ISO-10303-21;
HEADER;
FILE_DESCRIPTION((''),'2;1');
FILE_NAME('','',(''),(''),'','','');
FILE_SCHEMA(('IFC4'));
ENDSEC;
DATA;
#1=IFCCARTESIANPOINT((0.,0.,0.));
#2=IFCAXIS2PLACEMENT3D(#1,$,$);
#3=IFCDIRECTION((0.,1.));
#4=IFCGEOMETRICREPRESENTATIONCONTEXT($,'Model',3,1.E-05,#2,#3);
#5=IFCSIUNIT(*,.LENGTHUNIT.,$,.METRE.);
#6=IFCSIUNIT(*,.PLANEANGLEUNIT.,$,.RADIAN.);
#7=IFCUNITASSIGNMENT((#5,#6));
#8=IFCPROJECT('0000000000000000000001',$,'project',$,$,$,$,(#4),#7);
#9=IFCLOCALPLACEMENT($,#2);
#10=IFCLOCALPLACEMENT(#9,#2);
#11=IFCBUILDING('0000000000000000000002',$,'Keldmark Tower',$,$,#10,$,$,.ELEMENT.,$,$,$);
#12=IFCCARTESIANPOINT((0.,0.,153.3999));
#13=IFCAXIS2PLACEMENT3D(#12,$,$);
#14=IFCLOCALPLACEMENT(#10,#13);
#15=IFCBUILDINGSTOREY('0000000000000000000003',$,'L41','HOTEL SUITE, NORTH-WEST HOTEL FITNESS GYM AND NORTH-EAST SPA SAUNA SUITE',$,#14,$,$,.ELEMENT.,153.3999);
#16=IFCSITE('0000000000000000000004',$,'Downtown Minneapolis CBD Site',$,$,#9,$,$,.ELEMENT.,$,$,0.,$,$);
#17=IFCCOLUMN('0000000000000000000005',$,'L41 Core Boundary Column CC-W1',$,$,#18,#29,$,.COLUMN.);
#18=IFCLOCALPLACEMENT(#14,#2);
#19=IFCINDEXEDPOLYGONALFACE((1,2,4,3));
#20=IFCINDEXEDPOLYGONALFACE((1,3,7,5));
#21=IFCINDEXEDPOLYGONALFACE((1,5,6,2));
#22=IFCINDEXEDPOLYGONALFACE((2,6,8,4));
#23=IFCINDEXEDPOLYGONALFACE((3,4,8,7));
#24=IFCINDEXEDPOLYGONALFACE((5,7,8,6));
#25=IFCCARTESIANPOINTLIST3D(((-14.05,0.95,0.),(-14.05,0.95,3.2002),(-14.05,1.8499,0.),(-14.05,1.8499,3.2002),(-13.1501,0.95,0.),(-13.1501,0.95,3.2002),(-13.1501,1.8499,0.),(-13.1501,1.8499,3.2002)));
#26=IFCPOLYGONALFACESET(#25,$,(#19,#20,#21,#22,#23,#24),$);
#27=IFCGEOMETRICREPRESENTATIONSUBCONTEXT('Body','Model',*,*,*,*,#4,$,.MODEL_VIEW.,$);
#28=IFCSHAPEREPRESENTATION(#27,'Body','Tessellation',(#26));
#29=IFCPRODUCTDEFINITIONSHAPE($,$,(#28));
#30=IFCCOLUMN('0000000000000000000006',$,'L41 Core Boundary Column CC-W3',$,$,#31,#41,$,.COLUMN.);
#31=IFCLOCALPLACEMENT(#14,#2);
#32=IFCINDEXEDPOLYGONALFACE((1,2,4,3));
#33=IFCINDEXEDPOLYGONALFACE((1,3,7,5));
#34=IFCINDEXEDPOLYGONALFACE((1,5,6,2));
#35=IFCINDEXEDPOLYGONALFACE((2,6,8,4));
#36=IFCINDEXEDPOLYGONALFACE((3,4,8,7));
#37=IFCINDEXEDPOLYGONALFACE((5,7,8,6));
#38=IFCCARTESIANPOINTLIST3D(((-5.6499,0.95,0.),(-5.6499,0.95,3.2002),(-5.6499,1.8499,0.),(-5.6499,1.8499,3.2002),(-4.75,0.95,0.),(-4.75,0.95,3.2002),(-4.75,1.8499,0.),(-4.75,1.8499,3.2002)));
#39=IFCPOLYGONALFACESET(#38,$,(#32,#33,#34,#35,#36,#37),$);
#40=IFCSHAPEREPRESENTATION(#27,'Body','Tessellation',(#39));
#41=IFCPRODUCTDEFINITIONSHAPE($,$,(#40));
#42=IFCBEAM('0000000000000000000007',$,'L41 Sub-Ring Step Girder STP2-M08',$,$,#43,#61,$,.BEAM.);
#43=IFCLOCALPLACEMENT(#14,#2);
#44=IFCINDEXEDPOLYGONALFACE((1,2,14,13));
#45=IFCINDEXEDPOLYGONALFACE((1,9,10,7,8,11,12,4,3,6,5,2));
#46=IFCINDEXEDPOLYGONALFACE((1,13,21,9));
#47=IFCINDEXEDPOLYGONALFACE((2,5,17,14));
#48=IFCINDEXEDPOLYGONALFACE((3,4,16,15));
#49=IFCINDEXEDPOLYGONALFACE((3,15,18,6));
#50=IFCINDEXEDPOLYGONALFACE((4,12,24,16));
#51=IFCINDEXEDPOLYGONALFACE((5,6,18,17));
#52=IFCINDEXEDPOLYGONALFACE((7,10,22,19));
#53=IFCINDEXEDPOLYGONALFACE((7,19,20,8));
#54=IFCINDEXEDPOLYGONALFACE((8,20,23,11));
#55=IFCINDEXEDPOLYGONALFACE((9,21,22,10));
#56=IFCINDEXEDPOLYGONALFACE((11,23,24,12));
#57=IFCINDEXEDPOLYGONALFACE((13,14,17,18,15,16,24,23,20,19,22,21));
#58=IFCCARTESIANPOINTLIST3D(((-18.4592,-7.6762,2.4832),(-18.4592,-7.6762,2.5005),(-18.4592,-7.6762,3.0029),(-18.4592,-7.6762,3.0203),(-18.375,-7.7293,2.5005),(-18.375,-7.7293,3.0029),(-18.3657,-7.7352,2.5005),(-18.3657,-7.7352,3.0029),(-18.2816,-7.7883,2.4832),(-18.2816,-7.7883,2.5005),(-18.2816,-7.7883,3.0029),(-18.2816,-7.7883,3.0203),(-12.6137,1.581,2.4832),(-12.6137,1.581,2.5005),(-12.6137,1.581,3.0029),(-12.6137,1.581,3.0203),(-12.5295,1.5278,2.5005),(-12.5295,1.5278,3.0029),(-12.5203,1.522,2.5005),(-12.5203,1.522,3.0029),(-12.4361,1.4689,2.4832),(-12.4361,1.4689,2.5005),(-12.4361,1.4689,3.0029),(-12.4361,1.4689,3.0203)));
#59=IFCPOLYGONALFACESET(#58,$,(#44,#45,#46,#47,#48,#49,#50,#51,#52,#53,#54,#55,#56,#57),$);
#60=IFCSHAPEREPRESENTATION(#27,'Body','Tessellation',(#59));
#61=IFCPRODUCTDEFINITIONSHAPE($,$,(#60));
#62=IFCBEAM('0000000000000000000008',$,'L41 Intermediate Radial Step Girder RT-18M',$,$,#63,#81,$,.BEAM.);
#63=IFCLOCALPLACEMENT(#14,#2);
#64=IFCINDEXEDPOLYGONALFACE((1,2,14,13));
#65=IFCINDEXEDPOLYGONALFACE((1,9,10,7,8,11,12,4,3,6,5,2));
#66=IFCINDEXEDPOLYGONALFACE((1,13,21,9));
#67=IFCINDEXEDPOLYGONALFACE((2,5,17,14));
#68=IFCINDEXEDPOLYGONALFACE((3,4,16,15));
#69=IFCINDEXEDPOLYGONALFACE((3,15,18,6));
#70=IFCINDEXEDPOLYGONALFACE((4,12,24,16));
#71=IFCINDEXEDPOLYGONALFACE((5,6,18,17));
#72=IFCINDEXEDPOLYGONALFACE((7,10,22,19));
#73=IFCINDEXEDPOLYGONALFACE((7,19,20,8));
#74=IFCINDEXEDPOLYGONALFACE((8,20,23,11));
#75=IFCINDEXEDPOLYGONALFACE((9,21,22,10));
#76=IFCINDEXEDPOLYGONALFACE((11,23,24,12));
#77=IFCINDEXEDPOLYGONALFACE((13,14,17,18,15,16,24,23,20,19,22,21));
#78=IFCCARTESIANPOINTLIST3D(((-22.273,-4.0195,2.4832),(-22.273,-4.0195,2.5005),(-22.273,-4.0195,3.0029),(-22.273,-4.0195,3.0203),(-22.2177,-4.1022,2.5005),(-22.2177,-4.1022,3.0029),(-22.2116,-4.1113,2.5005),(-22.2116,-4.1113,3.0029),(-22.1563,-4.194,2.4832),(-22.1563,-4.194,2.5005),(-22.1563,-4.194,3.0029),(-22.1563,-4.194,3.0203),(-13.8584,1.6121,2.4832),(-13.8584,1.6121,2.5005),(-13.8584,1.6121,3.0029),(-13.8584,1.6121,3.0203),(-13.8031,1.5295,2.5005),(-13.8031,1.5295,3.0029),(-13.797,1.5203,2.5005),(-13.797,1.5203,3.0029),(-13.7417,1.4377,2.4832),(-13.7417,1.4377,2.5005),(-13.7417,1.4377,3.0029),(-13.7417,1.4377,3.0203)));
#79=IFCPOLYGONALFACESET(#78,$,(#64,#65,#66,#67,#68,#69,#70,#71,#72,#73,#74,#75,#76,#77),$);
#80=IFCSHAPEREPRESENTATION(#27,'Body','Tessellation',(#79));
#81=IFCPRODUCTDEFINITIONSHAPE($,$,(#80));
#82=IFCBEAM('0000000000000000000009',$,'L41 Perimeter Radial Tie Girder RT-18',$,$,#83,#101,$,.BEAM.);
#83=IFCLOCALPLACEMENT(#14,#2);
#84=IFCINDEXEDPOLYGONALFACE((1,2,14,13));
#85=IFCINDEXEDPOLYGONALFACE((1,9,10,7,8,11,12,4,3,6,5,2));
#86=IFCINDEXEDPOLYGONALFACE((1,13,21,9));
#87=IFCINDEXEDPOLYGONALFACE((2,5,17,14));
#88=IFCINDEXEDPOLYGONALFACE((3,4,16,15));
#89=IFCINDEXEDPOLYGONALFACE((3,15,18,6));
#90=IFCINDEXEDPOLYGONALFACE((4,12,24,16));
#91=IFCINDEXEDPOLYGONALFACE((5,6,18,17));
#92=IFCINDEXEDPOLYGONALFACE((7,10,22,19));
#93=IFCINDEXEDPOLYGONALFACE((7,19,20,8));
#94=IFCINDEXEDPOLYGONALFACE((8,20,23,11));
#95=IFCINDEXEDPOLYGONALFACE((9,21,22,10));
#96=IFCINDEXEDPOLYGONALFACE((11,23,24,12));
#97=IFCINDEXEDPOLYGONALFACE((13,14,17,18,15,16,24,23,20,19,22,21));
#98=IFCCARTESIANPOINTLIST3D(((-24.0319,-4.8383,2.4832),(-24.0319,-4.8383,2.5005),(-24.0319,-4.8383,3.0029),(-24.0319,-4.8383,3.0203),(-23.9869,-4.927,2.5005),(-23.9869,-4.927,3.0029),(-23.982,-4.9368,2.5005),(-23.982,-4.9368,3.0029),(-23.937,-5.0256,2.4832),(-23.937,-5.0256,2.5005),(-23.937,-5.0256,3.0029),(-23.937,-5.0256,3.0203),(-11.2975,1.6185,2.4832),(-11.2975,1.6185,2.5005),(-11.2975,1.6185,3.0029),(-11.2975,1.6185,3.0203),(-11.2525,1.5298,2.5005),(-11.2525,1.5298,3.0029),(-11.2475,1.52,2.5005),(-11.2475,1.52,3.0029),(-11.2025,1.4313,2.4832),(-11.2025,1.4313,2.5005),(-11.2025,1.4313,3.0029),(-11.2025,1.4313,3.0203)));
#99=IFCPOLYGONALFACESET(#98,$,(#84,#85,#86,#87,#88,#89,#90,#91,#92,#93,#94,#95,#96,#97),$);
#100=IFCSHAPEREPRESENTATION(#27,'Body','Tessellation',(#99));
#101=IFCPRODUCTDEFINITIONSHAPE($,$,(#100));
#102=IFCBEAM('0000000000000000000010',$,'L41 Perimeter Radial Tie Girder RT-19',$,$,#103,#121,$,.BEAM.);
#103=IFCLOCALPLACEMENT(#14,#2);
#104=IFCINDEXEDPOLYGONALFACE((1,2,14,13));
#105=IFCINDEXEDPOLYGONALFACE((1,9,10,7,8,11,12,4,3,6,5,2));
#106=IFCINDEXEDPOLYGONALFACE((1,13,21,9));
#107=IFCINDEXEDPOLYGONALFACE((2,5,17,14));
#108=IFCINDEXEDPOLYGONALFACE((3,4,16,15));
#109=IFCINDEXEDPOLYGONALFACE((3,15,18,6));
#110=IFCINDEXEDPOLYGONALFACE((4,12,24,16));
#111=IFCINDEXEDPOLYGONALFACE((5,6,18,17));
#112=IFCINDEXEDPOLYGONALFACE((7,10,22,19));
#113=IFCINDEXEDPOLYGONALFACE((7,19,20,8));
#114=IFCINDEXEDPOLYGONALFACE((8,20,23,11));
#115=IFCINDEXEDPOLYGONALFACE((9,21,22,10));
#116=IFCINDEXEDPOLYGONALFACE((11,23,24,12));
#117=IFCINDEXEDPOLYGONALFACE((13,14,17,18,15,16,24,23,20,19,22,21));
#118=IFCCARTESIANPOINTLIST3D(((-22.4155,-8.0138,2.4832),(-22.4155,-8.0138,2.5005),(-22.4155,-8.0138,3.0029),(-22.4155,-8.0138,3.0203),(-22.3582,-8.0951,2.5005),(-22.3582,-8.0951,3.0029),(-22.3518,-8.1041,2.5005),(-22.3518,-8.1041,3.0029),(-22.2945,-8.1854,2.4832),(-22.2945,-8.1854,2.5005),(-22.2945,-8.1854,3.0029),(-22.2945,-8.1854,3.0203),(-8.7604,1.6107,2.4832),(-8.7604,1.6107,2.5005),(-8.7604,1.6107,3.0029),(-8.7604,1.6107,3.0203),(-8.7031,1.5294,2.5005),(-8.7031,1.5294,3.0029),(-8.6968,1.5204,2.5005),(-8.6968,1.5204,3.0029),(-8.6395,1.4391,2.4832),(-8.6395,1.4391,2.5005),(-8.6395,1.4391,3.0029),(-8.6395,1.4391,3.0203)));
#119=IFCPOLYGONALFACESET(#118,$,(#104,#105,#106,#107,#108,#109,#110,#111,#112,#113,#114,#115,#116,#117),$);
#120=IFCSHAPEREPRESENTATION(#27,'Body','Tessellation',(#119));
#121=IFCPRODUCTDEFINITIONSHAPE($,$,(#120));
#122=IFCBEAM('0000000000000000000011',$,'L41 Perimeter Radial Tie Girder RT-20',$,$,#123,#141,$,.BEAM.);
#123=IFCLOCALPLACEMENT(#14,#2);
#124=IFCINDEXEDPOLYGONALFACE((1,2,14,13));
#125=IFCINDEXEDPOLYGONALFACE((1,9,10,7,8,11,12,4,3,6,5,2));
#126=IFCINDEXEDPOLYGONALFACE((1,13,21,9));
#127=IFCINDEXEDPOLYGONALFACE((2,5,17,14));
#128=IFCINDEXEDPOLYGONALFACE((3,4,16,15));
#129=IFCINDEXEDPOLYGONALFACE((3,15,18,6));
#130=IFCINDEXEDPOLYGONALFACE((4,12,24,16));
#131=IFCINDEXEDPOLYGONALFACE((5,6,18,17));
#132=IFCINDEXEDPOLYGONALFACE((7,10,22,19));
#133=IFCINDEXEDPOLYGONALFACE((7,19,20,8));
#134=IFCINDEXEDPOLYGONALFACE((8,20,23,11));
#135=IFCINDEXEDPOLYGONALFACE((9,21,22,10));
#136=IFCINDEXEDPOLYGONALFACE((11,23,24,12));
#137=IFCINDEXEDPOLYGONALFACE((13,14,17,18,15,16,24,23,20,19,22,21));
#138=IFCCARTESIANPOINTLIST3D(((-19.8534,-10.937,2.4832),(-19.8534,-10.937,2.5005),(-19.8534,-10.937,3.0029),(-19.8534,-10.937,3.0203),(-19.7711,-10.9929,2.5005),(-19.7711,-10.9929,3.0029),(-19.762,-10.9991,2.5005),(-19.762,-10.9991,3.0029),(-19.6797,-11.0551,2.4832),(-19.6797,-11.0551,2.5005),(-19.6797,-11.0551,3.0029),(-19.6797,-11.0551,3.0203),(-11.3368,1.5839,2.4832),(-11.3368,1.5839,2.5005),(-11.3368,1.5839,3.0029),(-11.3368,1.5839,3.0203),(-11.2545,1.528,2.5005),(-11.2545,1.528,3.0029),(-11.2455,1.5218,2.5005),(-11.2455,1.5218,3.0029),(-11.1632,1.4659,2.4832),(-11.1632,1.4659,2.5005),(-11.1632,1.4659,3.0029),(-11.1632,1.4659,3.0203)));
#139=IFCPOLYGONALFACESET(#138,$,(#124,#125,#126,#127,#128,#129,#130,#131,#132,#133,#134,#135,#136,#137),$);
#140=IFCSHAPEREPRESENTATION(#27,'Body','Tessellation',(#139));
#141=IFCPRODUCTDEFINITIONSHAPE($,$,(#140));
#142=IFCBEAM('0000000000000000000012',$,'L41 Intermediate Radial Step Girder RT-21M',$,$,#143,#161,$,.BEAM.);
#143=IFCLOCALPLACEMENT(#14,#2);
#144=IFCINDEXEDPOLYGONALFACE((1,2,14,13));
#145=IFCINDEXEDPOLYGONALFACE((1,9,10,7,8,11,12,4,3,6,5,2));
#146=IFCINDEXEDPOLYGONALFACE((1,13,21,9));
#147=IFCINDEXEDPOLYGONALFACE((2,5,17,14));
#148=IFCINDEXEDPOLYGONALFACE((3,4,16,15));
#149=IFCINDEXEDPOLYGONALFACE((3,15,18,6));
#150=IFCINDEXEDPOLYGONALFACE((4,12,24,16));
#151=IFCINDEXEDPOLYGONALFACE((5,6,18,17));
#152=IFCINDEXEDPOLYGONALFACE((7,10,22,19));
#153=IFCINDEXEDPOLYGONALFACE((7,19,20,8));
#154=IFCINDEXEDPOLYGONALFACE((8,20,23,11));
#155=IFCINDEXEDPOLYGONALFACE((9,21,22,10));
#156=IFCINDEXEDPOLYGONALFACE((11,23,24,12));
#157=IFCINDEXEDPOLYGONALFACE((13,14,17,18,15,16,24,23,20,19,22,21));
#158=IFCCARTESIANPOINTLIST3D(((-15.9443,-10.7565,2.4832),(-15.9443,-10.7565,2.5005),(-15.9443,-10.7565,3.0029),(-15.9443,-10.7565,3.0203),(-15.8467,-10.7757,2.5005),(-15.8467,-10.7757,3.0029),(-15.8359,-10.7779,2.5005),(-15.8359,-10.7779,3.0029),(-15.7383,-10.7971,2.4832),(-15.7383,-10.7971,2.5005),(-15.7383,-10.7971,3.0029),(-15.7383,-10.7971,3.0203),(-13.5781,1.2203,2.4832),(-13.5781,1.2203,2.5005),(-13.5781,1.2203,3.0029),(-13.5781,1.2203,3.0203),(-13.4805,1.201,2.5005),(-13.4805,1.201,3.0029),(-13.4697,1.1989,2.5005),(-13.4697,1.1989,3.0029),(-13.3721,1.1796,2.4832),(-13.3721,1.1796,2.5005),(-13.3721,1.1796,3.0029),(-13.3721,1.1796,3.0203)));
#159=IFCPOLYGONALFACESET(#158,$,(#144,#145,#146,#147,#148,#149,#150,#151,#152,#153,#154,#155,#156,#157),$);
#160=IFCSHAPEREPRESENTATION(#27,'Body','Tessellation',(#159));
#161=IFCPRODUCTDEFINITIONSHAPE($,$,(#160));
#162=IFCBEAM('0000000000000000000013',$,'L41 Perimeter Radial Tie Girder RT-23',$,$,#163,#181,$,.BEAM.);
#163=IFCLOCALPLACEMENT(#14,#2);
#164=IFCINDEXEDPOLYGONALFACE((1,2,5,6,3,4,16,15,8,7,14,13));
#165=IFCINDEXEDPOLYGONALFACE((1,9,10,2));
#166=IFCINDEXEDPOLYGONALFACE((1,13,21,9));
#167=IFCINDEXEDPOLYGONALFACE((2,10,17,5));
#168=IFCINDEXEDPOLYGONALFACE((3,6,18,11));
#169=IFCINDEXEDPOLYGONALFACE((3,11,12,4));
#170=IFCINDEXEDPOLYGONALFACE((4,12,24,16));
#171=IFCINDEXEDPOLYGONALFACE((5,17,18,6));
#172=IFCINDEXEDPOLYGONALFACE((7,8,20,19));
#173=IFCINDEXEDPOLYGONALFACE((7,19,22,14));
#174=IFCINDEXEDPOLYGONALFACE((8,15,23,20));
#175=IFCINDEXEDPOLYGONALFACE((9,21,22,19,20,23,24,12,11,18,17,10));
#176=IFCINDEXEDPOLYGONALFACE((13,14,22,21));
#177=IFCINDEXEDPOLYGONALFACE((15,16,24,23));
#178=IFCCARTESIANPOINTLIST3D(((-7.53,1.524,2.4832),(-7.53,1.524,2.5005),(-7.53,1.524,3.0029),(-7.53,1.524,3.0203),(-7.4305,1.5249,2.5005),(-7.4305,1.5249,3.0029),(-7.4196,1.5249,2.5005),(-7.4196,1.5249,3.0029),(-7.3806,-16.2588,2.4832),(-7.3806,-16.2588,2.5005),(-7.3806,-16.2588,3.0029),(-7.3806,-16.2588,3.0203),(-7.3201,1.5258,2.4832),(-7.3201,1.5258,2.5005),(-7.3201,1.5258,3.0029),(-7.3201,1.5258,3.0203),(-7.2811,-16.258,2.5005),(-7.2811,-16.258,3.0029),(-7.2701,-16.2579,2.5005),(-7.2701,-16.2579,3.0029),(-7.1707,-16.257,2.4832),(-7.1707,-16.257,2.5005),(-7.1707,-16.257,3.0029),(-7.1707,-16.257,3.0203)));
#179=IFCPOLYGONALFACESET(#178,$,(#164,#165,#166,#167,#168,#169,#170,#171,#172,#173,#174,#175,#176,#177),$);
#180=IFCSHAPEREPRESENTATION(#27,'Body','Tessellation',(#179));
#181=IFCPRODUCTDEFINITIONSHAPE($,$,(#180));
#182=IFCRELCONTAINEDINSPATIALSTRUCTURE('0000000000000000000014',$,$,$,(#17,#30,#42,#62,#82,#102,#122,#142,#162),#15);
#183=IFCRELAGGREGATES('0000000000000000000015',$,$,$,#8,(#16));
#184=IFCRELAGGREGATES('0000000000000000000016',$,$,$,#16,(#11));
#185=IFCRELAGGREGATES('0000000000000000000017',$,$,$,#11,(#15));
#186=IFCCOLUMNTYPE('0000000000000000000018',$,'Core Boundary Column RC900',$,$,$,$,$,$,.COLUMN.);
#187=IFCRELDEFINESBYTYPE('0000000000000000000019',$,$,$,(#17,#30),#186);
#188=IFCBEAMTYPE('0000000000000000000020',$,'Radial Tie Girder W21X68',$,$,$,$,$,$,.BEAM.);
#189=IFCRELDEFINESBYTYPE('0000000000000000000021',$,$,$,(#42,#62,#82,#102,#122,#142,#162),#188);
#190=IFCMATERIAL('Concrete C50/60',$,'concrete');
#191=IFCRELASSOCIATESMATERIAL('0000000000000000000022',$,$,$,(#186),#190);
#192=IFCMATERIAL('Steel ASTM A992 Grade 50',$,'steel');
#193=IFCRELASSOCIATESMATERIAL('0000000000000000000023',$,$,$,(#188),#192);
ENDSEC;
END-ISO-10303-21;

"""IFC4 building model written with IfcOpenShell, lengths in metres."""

from ifc_helpers import new_model, si_unit, direction, frame, origin, origin_2d, place, context, subcontext, project, spatial, rectangle, i_section, extrude, material, material_profile, profile_set, type_object, element, save


model = new_model("IFC4")

# Units and contexts
model_context = context("Model", 3, precision=1e-05, world=origin(), true_north=direction((0.0, 1.0)))
body_context = subcontext(model_context, "Body", "Model", "MODEL_VIEW")
ifc_project = project(units=[si_unit("LENGTHUNIT", "METRE"), si_unit("PLANEANGLEUNIT", "RADIAN")], contexts=[model_context])

# Site, building, storey
site_placement = place(None, origin())
site = spatial("IfcSite", under=ifc_project, at=site_placement, Name="Downtown Minneapolis CBD Site", CompositionType="ELEMENT", RefElevation=0.0)
building_placement = place(site_placement, origin())
building = spatial("IfcBuilding", under=site, at=building_placement, Name="Keldmark Tower", CompositionType="ELEMENT")
storey_placement = place(building_placement, frame((0.0, 0.0, 153.3999)))
storey = spatial("IfcBuildingStorey", under=building, at=storey_placement, Name="L41", Description="HOTEL SUITE, NORTH-WEST HOTEL FITNESS GYM AND NORTH-EAST SPA SAUNA SUITE", CompositionType="ELEMENT", Elevation=153.3999)

# Columns
ifc_material_1 = material(Name="Concrete C50/60", Category="concrete")
ifc_material_profile_1 = material_profile(ifc_material_1, rectangle(XDim=0.8999, YDim=0.8999, at=origin_2d()), Name="RC900X900")
ifc_profile_set_1 = profile_set([ifc_material_profile_1], Name="Concrete C50/60")
column_type = type_object("IfcColumnType", Name="Core Boundary Column RC900", PredefinedType="COLUMN", material=ifc_profile_set_1)
for number, where, z_axis, x_axis, name in (
    (1, (-13.6001, 1.3999, 0.0), (0.0, 0.0, 1.0), (1.0, 0.0, 0.0), "L41 Core Boundary Column CC-W1"),
    (2, (-5.2, 1.3999, 0.0), (0.0, 0.0, 1.0), (1.0, 0.0, 0.0), "L41 Core Boundary Column CC-W3"),
):
    element("IfcColumn", number, at=place(storey_placement, frame(where, z_axis=z_axis, x_axis=x_axis)), inside=storey, type_object=column_type, Name=name, PredefinedType="COLUMN", context=body_context, shape_type="SweptSolid", body=[
        extrude(rectangle(XDim=0.8999, YDim=0.8999, at=origin_2d()), origin(), (0.0, 0.0, 1.0), 3.2002),
    ])

# Beams
ifc_material_2 = material(Name="Steel ASTM A992 Grade 50", Category="steel")
ifc_material_profile_2 = material_profile(ifc_material_2, i_section(OverallWidth=0.21, OverallDepth=0.5371, WebThickness=0.011, FlangeThickness=0.0173, at=origin_2d()), Name="W21X68")
ifc_profile_set_2 = profile_set([ifc_material_profile_2], Name="Steel ASTM A992 Grade 50")
beam_type = type_object("IfcBeamType", Name="Radial Tie Girder W21X68", PredefinedType="BEAM", material=ifc_profile_set_2)
beam_1_placement = place(storey_placement, frame((-12.5249, 1.5249, 2.7517), z_axis=(-0.53392, -0.845535, 0.0), x_axis=(0.845535, -0.53392, 0.0)))
element("IfcBeam", 3, at=beam_1_placement, inside=storey, type_object=beam_type, Name="L41 Sub-Ring Step Girder STP2-M08", PredefinedType="BEAM", context=body_context, shape_type="SweptSolid", body=[
    extrude(i_section(OverallWidth=0.21, OverallDepth=0.5371, WebThickness=0.011, FlangeThickness=0.0173, at=origin_2d()), origin(), (0.0, 0.0, 1.0), 10.9482),
])
beam_2_placement = place(storey_placement, frame((-13.8, 1.5249, 2.7517), z_axis=(-0.831051, -0.556196, 0.0), x_axis=(0.556196, -0.831051, 0.0)))
element("IfcBeam", 4, at=beam_2_placement, inside=storey, type_object=beam_type, Name="L41 Intermediate Radial Step Girder RT-18M", PredefinedType="BEAM", context=body_context, shape_type="SweptSolid", body=[
    extrude(i_section(OverallWidth=0.21, OverallDepth=0.5371, WebThickness=0.011, FlangeThickness=0.0173, at=origin_2d()), origin(), (0.0, 0.0, 1.0), 10.1252),
])
beam_3_placement = place(storey_placement, frame((-11.25, 1.5249, 2.7517), z_axis=(-0.891903, -0.452227, 0.0), x_axis=(0.452227, -0.891903, 0.0)))
element("IfcBeam", 5, at=beam_3_placement, inside=storey, type_object=beam_type, Name="L41 Perimeter Radial Tie Girder RT-18", PredefinedType="BEAM", context=body_context, shape_type="SweptSolid", body=[
    extrude(i_section(OverallWidth=0.21, OverallDepth=0.5371, WebThickness=0.011, FlangeThickness=0.0173, at=origin_2d()), origin(), (0.0, 0.0, 1.0), 14.2778),
])
beam_4_placement = place(storey_placement, frame((-8.7, 1.5249, 2.7517), z_axis=(-0.817372, -0.57611, 0.0), x_axis=(0.57611, -0.817372, 0.0)))
element("IfcBeam", 6, at=beam_4_placement, inside=storey, type_object=beam_type, Name="L41 Perimeter Radial Tie Girder RT-19", PredefinedType="BEAM", context=body_context, shape_type="SweptSolid", body=[
    extrude(i_section(OverallWidth=0.21, OverallDepth=0.5371, WebThickness=0.011, FlangeThickness=0.0173, at=origin_2d()), origin(), (0.0, 0.0, 1.0), 16.7061),
])
beam_5_placement = place(storey_placement, frame((-11.25, 1.5249, 2.7517), z_axis=(-0.562415, -0.826855, 0.0), x_axis=(0.826855, -0.562415, 0.0)))
element("IfcBeam", 7, at=beam_5_placement, inside=storey, type_object=beam_type, Name="L41 Perimeter Radial Tie Girder RT-20", PredefinedType="BEAM", context=body_context, shape_type="SweptSolid", body=[
    extrude(i_section(OverallWidth=0.21, OverallDepth=0.5371, WebThickness=0.011, FlangeThickness=0.0173, at=origin_2d()), origin(), (0.0, 0.0, 1.0), 15.1428),
])
beam_6_placement = place(storey_placement, frame((-13.4751, 1.2, 2.7517), z_axis=(-0.19382, -0.981037, 0.0), x_axis=(0.981037, -0.19382, 0.0)))
element("IfcBeam", 8, at=beam_6_placement, inside=storey, type_object=beam_type, Name="L41 Intermediate Radial Step Girder RT-21M", PredefinedType="BEAM", context=body_context, shape_type="SweptSolid", body=[
    extrude(i_section(OverallWidth=0.21, OverallDepth=0.5371, WebThickness=0.011, FlangeThickness=0.0173, at=origin_2d()), origin(), (0.0, 0.0, 1.0), 12.2083),
])
beam_7_placement = place(storey_placement, frame((-7.425, 1.5249, 2.7517), z_axis=(0.008402, -0.999965, 0.0), x_axis=(0.999965, 0.008402, 0.0)))
element("IfcBeam", 9, at=beam_7_placement, inside=storey, type_object=beam_type, Name="L41 Perimeter Radial Tie Girder RT-23", PredefinedType="BEAM", context=body_context, shape_type="SweptSolid", body=[
    extrude(i_section(OverallWidth=0.21, OverallDepth=0.5371, WebThickness=0.011, FlangeThickness=0.0173, at=origin_2d()), origin(), (0.0, 0.0, 1.0), 17.7834),
])

save(model, "model.ifc")
